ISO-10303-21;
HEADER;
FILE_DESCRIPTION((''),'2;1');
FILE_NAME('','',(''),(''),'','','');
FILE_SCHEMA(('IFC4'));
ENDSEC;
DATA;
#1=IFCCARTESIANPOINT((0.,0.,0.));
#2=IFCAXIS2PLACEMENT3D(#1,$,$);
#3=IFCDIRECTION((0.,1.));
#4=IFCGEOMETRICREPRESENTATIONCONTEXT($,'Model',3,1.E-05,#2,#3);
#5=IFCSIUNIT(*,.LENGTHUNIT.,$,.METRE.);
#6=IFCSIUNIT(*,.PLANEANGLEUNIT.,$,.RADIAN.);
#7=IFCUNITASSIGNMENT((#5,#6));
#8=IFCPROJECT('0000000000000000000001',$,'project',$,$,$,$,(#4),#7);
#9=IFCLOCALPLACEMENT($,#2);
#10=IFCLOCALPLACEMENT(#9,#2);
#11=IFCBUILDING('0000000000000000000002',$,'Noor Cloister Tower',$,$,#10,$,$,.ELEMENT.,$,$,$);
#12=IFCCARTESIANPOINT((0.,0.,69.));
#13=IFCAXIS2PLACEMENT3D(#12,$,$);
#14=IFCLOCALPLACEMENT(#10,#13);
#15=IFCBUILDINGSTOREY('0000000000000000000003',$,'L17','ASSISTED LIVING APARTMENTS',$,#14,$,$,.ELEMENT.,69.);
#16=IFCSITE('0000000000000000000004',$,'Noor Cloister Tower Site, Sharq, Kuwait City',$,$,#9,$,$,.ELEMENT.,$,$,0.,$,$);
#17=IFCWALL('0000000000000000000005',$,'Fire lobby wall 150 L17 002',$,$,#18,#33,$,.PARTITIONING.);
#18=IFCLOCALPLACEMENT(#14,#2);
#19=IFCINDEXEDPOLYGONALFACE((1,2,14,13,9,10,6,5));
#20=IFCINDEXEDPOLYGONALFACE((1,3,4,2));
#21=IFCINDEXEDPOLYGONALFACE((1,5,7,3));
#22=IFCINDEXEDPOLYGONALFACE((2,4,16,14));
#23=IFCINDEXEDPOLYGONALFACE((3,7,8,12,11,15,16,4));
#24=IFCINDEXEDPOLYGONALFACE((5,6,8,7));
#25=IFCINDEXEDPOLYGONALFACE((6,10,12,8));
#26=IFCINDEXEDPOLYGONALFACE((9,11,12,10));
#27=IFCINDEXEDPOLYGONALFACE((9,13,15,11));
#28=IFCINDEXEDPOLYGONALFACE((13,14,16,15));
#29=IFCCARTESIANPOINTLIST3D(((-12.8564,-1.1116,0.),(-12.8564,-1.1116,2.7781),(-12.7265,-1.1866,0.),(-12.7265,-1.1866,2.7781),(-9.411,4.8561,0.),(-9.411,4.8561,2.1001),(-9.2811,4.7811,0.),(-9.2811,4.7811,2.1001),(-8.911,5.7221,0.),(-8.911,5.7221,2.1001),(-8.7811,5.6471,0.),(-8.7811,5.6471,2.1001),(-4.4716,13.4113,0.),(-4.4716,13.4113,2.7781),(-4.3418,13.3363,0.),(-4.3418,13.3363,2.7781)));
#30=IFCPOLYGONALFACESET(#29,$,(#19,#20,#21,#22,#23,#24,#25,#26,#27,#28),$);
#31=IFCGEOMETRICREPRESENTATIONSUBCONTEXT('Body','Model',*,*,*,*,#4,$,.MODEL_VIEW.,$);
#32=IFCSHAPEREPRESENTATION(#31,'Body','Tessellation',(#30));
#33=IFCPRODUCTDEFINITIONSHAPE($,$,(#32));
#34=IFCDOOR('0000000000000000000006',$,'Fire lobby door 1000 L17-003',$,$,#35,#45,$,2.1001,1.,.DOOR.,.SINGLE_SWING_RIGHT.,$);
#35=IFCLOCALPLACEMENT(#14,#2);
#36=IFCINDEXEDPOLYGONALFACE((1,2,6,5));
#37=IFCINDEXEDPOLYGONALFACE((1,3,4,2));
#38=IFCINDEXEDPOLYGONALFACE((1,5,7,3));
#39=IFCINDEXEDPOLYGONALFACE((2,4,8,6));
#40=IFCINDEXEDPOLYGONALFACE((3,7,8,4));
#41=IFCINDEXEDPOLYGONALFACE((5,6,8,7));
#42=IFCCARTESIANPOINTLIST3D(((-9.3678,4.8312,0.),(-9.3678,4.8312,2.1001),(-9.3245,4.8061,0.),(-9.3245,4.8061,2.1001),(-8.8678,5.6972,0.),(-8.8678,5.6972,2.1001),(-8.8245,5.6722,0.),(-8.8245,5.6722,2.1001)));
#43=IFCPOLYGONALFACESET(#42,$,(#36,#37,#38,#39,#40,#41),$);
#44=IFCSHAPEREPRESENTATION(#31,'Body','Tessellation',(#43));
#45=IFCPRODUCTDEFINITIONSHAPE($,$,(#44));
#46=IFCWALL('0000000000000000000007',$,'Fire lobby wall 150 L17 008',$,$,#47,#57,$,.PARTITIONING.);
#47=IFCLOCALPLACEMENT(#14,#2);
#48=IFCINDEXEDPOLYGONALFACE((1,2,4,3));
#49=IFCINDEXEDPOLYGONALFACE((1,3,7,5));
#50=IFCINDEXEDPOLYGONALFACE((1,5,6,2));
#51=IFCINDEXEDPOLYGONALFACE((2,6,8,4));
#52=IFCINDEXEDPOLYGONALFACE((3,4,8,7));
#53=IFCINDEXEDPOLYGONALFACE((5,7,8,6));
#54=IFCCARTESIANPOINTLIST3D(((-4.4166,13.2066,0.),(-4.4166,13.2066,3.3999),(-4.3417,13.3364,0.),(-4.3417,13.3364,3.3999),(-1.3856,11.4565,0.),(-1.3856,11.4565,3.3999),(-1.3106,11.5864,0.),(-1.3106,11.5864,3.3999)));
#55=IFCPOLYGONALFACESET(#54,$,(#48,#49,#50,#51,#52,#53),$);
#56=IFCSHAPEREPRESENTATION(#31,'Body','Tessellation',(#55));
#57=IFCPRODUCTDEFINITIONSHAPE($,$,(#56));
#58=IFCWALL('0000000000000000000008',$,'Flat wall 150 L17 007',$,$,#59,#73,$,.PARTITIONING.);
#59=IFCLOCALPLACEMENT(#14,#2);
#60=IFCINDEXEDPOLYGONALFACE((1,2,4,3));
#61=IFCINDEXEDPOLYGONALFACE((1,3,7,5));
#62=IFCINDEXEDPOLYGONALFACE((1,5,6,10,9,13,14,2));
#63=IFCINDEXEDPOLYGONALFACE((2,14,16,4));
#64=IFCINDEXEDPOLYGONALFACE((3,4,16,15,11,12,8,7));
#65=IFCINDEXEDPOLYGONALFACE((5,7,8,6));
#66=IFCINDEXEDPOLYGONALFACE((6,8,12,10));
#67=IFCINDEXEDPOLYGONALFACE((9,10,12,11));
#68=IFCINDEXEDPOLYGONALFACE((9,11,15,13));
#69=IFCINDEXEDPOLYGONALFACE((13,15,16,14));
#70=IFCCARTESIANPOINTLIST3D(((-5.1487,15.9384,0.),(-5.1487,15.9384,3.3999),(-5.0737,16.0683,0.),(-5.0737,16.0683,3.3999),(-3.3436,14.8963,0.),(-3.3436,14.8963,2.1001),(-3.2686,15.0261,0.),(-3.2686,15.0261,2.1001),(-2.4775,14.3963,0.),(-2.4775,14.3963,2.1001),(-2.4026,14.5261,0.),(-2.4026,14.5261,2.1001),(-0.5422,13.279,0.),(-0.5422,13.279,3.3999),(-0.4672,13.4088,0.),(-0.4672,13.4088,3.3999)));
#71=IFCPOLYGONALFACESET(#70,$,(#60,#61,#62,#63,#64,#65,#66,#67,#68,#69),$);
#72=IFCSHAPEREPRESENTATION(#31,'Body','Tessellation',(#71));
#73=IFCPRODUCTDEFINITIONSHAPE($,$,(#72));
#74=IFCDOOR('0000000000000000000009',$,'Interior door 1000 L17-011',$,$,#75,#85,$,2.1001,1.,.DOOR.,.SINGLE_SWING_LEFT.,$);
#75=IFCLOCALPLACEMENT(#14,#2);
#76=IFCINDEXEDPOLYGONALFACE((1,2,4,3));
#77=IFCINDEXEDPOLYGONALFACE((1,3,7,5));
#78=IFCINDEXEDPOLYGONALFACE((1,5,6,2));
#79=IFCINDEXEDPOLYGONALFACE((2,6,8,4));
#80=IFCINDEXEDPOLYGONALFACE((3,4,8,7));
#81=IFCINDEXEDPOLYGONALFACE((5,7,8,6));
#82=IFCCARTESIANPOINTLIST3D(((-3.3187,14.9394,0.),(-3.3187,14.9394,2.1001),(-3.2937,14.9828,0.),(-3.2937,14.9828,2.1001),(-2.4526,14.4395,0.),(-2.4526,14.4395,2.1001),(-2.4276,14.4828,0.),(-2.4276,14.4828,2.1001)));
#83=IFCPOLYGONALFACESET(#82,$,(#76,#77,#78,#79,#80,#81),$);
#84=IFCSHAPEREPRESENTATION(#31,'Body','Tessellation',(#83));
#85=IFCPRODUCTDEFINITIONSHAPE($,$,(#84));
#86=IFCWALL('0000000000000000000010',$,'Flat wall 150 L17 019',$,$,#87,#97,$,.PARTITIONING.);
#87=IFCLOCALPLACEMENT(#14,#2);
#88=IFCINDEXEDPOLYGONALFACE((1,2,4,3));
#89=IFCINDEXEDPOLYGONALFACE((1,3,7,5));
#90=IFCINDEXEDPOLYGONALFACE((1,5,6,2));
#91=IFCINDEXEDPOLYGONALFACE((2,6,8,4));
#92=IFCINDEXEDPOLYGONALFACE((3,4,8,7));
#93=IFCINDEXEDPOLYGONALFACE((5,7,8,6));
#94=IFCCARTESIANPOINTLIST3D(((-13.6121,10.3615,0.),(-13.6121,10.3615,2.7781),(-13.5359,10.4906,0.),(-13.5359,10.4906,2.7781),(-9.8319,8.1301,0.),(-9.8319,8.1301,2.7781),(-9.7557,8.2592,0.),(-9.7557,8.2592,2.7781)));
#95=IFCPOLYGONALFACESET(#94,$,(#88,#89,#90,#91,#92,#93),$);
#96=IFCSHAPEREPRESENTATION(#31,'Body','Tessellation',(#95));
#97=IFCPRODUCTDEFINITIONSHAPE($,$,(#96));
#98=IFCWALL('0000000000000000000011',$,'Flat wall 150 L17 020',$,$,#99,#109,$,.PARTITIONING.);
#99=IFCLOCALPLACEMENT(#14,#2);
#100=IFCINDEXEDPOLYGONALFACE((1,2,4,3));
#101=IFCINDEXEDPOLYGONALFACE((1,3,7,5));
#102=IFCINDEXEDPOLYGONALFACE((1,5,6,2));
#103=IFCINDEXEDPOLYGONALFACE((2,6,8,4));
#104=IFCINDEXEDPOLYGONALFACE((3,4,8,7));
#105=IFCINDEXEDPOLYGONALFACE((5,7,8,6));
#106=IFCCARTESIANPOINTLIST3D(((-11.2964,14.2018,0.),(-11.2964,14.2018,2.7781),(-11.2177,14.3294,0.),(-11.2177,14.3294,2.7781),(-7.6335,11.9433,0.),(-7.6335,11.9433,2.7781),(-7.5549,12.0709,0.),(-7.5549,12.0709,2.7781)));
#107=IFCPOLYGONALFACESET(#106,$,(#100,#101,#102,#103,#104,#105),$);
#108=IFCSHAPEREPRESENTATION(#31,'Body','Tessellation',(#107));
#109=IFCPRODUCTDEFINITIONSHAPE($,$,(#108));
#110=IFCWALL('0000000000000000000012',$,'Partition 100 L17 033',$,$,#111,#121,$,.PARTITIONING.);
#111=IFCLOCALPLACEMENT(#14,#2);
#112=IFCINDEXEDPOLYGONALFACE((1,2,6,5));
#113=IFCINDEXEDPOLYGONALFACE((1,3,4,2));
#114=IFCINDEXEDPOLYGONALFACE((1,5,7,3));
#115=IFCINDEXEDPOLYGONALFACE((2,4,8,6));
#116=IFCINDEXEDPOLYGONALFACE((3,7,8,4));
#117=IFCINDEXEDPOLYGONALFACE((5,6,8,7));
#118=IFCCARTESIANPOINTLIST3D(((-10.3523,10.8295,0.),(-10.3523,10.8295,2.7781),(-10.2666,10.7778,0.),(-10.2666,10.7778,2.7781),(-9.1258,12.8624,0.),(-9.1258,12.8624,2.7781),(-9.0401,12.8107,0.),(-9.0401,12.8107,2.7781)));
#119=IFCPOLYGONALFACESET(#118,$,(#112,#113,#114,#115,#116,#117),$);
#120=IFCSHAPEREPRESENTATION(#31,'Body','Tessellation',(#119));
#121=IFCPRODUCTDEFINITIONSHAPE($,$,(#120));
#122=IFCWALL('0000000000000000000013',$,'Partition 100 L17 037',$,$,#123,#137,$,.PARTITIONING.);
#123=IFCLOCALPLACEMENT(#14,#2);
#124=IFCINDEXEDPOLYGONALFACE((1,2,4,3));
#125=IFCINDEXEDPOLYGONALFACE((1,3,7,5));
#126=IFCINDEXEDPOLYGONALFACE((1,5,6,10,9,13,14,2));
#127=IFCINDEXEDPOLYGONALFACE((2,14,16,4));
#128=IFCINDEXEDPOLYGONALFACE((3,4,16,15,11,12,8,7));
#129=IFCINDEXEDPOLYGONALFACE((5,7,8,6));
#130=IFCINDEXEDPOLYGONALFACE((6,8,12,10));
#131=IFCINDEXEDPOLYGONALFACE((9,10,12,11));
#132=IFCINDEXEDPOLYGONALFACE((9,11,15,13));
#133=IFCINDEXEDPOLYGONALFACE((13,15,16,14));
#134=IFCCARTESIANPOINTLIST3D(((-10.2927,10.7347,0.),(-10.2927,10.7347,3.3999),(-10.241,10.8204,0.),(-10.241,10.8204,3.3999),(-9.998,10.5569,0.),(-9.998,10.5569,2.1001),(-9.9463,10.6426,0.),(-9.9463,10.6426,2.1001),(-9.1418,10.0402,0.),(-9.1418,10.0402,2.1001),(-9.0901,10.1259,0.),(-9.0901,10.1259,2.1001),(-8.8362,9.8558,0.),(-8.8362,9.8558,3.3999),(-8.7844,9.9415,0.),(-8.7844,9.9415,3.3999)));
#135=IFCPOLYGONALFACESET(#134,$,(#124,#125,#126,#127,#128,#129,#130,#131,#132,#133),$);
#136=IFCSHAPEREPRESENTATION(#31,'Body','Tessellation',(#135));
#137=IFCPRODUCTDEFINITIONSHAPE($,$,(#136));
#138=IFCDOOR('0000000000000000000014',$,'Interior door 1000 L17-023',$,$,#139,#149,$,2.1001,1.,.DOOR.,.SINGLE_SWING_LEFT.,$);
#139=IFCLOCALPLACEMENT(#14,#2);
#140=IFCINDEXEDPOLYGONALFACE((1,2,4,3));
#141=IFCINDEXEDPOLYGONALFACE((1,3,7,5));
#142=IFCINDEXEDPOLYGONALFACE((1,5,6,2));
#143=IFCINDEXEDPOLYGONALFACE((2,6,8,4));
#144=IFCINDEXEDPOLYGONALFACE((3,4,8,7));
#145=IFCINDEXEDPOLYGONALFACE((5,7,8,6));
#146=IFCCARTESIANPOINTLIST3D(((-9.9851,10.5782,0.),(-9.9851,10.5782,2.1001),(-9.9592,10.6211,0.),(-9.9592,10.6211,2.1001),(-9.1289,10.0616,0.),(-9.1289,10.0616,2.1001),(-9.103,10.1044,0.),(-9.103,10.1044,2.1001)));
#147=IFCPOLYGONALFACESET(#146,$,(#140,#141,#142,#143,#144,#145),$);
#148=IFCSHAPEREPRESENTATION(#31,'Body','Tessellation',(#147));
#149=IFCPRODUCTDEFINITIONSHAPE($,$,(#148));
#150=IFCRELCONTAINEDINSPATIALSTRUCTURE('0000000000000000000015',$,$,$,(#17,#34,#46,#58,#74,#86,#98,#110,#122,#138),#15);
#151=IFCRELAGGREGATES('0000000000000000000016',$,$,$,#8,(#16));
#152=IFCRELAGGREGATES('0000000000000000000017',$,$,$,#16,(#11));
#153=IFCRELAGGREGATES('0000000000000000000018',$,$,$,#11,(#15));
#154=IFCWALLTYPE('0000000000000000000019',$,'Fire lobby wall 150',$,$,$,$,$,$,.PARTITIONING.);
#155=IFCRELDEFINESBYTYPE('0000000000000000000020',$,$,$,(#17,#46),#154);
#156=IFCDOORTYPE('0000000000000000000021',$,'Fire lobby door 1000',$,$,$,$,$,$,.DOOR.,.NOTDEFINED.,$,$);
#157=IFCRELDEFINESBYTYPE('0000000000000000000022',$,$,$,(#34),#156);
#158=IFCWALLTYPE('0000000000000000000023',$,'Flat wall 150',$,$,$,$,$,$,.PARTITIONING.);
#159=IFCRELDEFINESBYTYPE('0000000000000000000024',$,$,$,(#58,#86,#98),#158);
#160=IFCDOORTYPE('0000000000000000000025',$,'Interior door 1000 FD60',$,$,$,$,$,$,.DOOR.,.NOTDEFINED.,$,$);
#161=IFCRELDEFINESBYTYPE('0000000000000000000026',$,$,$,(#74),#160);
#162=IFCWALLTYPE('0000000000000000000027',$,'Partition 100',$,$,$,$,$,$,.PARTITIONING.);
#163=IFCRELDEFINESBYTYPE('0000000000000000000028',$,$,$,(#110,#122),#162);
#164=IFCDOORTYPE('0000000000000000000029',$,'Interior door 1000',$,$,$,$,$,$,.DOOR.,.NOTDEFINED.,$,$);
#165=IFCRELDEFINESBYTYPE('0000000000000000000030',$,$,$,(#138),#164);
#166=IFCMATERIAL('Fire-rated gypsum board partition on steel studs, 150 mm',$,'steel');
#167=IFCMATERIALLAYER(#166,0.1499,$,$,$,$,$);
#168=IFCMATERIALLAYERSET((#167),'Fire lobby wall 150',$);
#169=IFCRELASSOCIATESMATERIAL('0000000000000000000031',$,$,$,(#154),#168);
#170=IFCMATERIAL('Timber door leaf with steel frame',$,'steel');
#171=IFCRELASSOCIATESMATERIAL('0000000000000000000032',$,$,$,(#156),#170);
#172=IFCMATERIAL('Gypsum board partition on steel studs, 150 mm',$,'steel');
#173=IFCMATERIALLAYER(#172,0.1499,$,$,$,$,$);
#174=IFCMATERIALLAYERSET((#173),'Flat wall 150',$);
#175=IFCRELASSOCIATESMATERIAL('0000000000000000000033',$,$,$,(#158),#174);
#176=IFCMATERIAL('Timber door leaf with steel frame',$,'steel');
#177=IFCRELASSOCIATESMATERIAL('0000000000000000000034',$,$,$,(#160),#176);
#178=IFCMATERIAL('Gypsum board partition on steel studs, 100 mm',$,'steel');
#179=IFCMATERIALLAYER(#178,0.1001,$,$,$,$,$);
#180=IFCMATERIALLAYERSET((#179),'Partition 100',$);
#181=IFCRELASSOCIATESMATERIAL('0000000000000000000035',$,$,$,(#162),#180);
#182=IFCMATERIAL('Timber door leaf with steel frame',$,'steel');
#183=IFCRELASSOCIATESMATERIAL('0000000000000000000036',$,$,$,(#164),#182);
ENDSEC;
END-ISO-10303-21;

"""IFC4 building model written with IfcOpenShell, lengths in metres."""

from ifc_helpers import new_model, si_unit, direction, frame, frame_2d, origin, place, context, subcontext, project, spatial, rectangle, extrude, material, layer, layer_set, type_object, element, fill, save


model = new_model("IFC4")

# Units and contexts
model_context = context("Model", 3, precision=1e-05, world=origin(), true_north=direction((0.0, 1.0)))
body_context = subcontext(model_context, "Body", "Model", "MODEL_VIEW")
ifc_project = project(units=[si_unit("LENGTHUNIT", "METRE"), si_unit("PLANEANGLEUNIT", "RADIAN")], contexts=[model_context])

# Site, building, storey
site_placement = place(None, origin())
site = spatial("IfcSite", under=ifc_project, at=site_placement, Name="Noor Cloister Tower Site, Sharq, Kuwait City", CompositionType="ELEMENT", RefElevation=0.0)
building_placement = place(site_placement, origin())
building = spatial("IfcBuilding", under=site, at=building_placement, Name="Noor Cloister Tower", CompositionType="ELEMENT")
storey_placement = place(building_placement, frame((0.0, 0.0, 69.0)))
storey = spatial("IfcBuildingStorey", under=building, at=storey_placement, Name="L17", Description="ASSISTED LIVING APARTMENTS", CompositionType="ELEMENT", Elevation=69.0)

# Wall, opening, door
ifc_material_1 = material(Name="Fire-rated gypsum board partition on steel studs, 150 mm", Category="steel")
ifc_layer_1 = layer(ifc_material_1, 0.1499)
ifc_layer_set_1 = layer_set([ifc_layer_1], Name="Fire lobby wall 150")
wall_type_1 = type_object("IfcWallType", Name="Fire lobby wall 150", PredefinedType="PARTITIONING", material=ifc_layer_set_1)
wall_1_placement = place(storey_placement, frame((-4.4067, 13.3738, 0.0), z_axis=(0.0, 0.0, 1.0), x_axis=(-0.499997, -0.866027, 0.0)))
wall_1 = element("IfcWall", 1, at=wall_1_placement, inside=storey, type_object=wall_type_1, Name="Fire lobby wall 150 L17 002", PredefinedType="PARTITIONING", context=body_context, shape_type="SweptSolid", body=[
    extrude(rectangle(XDim=16.7695, YDim=0.1499, at=frame_2d((8.3848, 0.0))), origin(), (0.0, 0.0, 1.0), 2.7781),
])
opening_1_placement = place(wall_1_placement, frame((8.8787, 0.0, 0.0)))
opening_1 = element("IfcOpeningElement", 2, at=opening_1_placement, cuts=wall_1, PredefinedType="OPENING", context=body_context, shape_type="SweptSolid", body=[
    extrude(rectangle(XDim=1.0, YDim=2.1001, at=frame_2d((0.5, 1.05))), frame((0.0, 0.085, 0.0), z_axis=(0.0, -1.0, 0.0), x_axis=(1.0, 0.0, 0.0)), (0.0, 0.0, 1.0), 0.1699),
])
ifc_material_2 = material(Name="Timber door leaf with steel frame", Category="steel")
door_type_1 = type_object("IfcDoorType", Name="Fire lobby door 1000", OperationType="NOTDEFINED", PredefinedType="DOOR", material=ifc_material_2)
door_1_placement = place(opening_1_placement, origin())
door_1 = element("IfcDoor", 3, at=door_1_placement, inside=storey, type_object=door_type_1, Name="Fire lobby door 1000 L17-003", OperationType="SINGLE_SWING_RIGHT", OverallHeight=2.1001, OverallWidth=1.0, PredefinedType="DOOR", context=body_context, shape_type="SweptSolid", body=[
    extrude(rectangle(XDim=1.0, YDim=2.1001, at=frame_2d((0.5, 1.05))), frame((0.0, 0.0249, 0.0), z_axis=(0.0, -1.0, 0.0), x_axis=(1.0, 0.0, 0.0)), (0.0, 0.0, 1.0), 0.05),
])
fill(opening_1, door_1)

# Wall
wall_2_placement = place(storey_placement, frame((-4.3792, 13.2715, 0.0), z_axis=(0.0, 0.0, 1.0), x_axis=(0.866019, -0.50001, 0.0)))
element("IfcWall", 4, at=wall_2_placement, inside=storey, type_object=wall_type_1, Name="Fire lobby wall 150 L17 008", PredefinedType="PARTITIONING", context=body_context, shape_type="SweptSolid", body=[
    extrude(rectangle(XDim=3.5, YDim=0.1499, at=frame_2d((1.75, 0.0))), origin(), (0.0, 0.0, 1.0), 3.3999),
])

# Wall, opening, door
ifc_material_3 = material(Name="Gypsum board partition on steel studs, 150 mm", Category="steel")
ifc_layer_2 = layer(ifc_material_3, 0.1499)
ifc_layer_set_2 = layer_set([ifc_layer_2], Name="Flat wall 150")
wall_type_2 = type_object("IfcWallType", Name="Flat wall 150", PredefinedType="PARTITIONING", material=ifc_layer_set_2)
wall_3_placement = place(storey_placement, frame((-5.1113, 16.0034, 0.0), z_axis=(0.0, 0.0, 1.0), x_axis=(0.866034, -0.499985, 0.0)))
wall_3 = element("IfcWall", 5, at=wall_3_placement, inside=storey, type_object=wall_type_2, Name="Flat wall 150 L17 007", PredefinedType="PARTITIONING", context=body_context, shape_type="SweptSolid", body=[
    extrude(rectangle(XDim=5.3191, YDim=0.1499, at=frame_2d((2.6597, 0.0))), origin(), (0.0, 0.0, 1.0), 3.3999),
])
opening_2_placement = place(wall_3_placement, frame((2.0845, 0.0, 0.0)))
opening_2 = element("IfcOpeningElement", 6, at=opening_2_placement, cuts=wall_3, PredefinedType="OPENING", context=body_context, shape_type="SweptSolid", body=[
    extrude(rectangle(XDim=1.0, YDim=2.1001, at=frame_2d((0.5, 1.05))), frame((0.0, 0.085, 0.0), z_axis=(0.0, -1.0, 0.0), x_axis=(1.0, 0.0, 0.0)), (0.0, 0.0, 1.0), 0.1699),
])
ifc_material_4 = material(Name="Timber door leaf with steel frame", Category="steel")
door_type_2 = type_object("IfcDoorType", Name="Interior door 1000 FD60", OperationType="NOTDEFINED", PredefinedType="DOOR", material=ifc_material_4)
door_2_placement = place(opening_2_placement, origin())
door_2 = element("IfcDoor", 7, at=door_2_placement, inside=storey, type_object=door_type_2, Name="Interior door 1000 L17-011", OperationType="SINGLE_SWING_LEFT", OverallHeight=2.1001, OverallWidth=1.0, PredefinedType="DOOR", context=body_context, shape_type="SweptSolid", body=[
    extrude(rectangle(XDim=1.0, YDim=2.1001, at=frame_2d((0.5, 1.05))), frame((0.0, 0.0249, 0.0), z_axis=(0.0, -1.0, 0.0), x_axis=(1.0, 0.0, 0.0)), (0.0, 0.0, 1.0), 0.05),
])
fill(opening_2, door_2)

# Walls
wall_4_placement = place(storey_placement, frame((-13.574, 10.426, 0.0), z_axis=(0.0, 0.0, 1.0), x_axis=(0.861161, -0.508332, 0.0)))
element("IfcWall", 8, at=wall_4_placement, inside=storey, type_object=wall_type_2, Name="Flat wall 150 L17 019", PredefinedType="PARTITIONING", context=body_context, shape_type="SweptSolid", body=[
    extrude(rectangle(XDim=4.3896, YDim=0.1499, at=frame_2d((2.1948, 0.0))), origin(), (0.0, 0.0, 1.0), 2.7781),
])
wall_5_placement = place(storey_placement, frame((-11.2571, 14.2656, 0.0), z_axis=(0.0, 0.0, 1.0), x_axis=(0.851192, -0.524854, 0.0)))
element("IfcWall", 9, at=wall_5_placement, inside=storey, type_object=wall_type_2, Name="Flat wall 150 L17 020", PredefinedType="PARTITIONING", context=body_context, shape_type="SweptSolid", body=[
    extrude(rectangle(XDim=4.3032, YDim=0.1499, at=frame_2d((2.1516, 0.0))), origin(), (0.0, 0.0, 1.0), 2.7781),
])
ifc_material_5 = material(Name="Gypsum board partition on steel studs, 100 mm", Category="steel")
ifc_layer_3 = layer(ifc_material_5, 0.1001)
ifc_layer_set_3 = layer_set([ifc_layer_3], Name="Partition 100")
wall_type_3 = type_object("IfcWallType", Name="Partition 100", PredefinedType="PARTITIONING", material=ifc_layer_set_3)
wall_6_placement = place(storey_placement, frame((-9.083, 12.8364, 0.0), z_axis=(0.0, 0.0, 1.0), x_axis=(-0.516596, -0.856229, 0.0)))
element("IfcWall", 10, at=wall_6_placement, inside=storey, type_object=wall_type_3, Name="Partition 100 L17 033", PredefinedType="PARTITIONING", context=body_context, shape_type="SweptSolid", body=[
    extrude(rectangle(XDim=2.3743, YDim=0.1001, at=frame_2d((1.187, 0.0))), origin(), (0.0, 0.0, 1.0), 2.7781),
])

# Wall, opening, door
wall_7_placement = place(storey_placement, frame((-10.2668, 10.7776, 0.0), z_axis=(0.0, 0.0, 1.0), x_axis=(0.856199, -0.516647, 0.0)))
wall_7 = element("IfcWall", 11, at=wall_7_placement, inside=storey, type_object=wall_type_3, Name="Partition 100 L17 037", PredefinedType="PARTITIONING", context=body_context, shape_type="SweptSolid", body=[
    extrude(rectangle(XDim=1.7012, YDim=0.1001, at=frame_2d((0.8506, 0.0))), origin(), (0.0, 0.0, 1.0), 3.3999),
])
opening_3_placement = place(wall_7_placement, frame((0.3442, 0.0, 0.0)))
opening_3 = element("IfcOpeningElement", 12, at=opening_3_placement, cuts=wall_7, PredefinedType="OPENING", context=body_context, shape_type="SweptSolid", body=[
    extrude(rectangle(XDim=1.0, YDim=2.1001, at=frame_2d((0.5, 1.05))), frame((0.0, 0.0601, 0.0), z_axis=(0.0, -1.0, 0.0), x_axis=(1.0, 0.0, 0.0)), (0.0, 0.0, 1.0), 0.1201),
])
ifc_material_6 = material(Name="Timber door leaf with steel frame", Category="steel")
door_type_3 = type_object("IfcDoorType", Name="Interior door 1000", OperationType="NOTDEFINED", PredefinedType="DOOR", material=ifc_material_6)
door_3_placement = place(opening_3_placement, origin())
door_3 = element("IfcDoor", 13, at=door_3_placement, inside=storey, type_object=door_type_3, Name="Interior door 1000 L17-023", OperationType="SINGLE_SWING_LEFT", OverallHeight=2.1001, OverallWidth=1.0, PredefinedType="DOOR", context=body_context, shape_type="SweptSolid", body=[
    extrude(rectangle(XDim=1.0, YDim=2.1001, at=frame_2d((0.5, 1.05))), frame((0.0, 0.0249, 0.0), z_axis=(0.0, -1.0, 0.0), x_axis=(1.0, 0.0, 0.0)), (0.0, 0.0, 1.0), 0.05),
])
fill(opening_3, door_3)

save(model, "model.ifc")
